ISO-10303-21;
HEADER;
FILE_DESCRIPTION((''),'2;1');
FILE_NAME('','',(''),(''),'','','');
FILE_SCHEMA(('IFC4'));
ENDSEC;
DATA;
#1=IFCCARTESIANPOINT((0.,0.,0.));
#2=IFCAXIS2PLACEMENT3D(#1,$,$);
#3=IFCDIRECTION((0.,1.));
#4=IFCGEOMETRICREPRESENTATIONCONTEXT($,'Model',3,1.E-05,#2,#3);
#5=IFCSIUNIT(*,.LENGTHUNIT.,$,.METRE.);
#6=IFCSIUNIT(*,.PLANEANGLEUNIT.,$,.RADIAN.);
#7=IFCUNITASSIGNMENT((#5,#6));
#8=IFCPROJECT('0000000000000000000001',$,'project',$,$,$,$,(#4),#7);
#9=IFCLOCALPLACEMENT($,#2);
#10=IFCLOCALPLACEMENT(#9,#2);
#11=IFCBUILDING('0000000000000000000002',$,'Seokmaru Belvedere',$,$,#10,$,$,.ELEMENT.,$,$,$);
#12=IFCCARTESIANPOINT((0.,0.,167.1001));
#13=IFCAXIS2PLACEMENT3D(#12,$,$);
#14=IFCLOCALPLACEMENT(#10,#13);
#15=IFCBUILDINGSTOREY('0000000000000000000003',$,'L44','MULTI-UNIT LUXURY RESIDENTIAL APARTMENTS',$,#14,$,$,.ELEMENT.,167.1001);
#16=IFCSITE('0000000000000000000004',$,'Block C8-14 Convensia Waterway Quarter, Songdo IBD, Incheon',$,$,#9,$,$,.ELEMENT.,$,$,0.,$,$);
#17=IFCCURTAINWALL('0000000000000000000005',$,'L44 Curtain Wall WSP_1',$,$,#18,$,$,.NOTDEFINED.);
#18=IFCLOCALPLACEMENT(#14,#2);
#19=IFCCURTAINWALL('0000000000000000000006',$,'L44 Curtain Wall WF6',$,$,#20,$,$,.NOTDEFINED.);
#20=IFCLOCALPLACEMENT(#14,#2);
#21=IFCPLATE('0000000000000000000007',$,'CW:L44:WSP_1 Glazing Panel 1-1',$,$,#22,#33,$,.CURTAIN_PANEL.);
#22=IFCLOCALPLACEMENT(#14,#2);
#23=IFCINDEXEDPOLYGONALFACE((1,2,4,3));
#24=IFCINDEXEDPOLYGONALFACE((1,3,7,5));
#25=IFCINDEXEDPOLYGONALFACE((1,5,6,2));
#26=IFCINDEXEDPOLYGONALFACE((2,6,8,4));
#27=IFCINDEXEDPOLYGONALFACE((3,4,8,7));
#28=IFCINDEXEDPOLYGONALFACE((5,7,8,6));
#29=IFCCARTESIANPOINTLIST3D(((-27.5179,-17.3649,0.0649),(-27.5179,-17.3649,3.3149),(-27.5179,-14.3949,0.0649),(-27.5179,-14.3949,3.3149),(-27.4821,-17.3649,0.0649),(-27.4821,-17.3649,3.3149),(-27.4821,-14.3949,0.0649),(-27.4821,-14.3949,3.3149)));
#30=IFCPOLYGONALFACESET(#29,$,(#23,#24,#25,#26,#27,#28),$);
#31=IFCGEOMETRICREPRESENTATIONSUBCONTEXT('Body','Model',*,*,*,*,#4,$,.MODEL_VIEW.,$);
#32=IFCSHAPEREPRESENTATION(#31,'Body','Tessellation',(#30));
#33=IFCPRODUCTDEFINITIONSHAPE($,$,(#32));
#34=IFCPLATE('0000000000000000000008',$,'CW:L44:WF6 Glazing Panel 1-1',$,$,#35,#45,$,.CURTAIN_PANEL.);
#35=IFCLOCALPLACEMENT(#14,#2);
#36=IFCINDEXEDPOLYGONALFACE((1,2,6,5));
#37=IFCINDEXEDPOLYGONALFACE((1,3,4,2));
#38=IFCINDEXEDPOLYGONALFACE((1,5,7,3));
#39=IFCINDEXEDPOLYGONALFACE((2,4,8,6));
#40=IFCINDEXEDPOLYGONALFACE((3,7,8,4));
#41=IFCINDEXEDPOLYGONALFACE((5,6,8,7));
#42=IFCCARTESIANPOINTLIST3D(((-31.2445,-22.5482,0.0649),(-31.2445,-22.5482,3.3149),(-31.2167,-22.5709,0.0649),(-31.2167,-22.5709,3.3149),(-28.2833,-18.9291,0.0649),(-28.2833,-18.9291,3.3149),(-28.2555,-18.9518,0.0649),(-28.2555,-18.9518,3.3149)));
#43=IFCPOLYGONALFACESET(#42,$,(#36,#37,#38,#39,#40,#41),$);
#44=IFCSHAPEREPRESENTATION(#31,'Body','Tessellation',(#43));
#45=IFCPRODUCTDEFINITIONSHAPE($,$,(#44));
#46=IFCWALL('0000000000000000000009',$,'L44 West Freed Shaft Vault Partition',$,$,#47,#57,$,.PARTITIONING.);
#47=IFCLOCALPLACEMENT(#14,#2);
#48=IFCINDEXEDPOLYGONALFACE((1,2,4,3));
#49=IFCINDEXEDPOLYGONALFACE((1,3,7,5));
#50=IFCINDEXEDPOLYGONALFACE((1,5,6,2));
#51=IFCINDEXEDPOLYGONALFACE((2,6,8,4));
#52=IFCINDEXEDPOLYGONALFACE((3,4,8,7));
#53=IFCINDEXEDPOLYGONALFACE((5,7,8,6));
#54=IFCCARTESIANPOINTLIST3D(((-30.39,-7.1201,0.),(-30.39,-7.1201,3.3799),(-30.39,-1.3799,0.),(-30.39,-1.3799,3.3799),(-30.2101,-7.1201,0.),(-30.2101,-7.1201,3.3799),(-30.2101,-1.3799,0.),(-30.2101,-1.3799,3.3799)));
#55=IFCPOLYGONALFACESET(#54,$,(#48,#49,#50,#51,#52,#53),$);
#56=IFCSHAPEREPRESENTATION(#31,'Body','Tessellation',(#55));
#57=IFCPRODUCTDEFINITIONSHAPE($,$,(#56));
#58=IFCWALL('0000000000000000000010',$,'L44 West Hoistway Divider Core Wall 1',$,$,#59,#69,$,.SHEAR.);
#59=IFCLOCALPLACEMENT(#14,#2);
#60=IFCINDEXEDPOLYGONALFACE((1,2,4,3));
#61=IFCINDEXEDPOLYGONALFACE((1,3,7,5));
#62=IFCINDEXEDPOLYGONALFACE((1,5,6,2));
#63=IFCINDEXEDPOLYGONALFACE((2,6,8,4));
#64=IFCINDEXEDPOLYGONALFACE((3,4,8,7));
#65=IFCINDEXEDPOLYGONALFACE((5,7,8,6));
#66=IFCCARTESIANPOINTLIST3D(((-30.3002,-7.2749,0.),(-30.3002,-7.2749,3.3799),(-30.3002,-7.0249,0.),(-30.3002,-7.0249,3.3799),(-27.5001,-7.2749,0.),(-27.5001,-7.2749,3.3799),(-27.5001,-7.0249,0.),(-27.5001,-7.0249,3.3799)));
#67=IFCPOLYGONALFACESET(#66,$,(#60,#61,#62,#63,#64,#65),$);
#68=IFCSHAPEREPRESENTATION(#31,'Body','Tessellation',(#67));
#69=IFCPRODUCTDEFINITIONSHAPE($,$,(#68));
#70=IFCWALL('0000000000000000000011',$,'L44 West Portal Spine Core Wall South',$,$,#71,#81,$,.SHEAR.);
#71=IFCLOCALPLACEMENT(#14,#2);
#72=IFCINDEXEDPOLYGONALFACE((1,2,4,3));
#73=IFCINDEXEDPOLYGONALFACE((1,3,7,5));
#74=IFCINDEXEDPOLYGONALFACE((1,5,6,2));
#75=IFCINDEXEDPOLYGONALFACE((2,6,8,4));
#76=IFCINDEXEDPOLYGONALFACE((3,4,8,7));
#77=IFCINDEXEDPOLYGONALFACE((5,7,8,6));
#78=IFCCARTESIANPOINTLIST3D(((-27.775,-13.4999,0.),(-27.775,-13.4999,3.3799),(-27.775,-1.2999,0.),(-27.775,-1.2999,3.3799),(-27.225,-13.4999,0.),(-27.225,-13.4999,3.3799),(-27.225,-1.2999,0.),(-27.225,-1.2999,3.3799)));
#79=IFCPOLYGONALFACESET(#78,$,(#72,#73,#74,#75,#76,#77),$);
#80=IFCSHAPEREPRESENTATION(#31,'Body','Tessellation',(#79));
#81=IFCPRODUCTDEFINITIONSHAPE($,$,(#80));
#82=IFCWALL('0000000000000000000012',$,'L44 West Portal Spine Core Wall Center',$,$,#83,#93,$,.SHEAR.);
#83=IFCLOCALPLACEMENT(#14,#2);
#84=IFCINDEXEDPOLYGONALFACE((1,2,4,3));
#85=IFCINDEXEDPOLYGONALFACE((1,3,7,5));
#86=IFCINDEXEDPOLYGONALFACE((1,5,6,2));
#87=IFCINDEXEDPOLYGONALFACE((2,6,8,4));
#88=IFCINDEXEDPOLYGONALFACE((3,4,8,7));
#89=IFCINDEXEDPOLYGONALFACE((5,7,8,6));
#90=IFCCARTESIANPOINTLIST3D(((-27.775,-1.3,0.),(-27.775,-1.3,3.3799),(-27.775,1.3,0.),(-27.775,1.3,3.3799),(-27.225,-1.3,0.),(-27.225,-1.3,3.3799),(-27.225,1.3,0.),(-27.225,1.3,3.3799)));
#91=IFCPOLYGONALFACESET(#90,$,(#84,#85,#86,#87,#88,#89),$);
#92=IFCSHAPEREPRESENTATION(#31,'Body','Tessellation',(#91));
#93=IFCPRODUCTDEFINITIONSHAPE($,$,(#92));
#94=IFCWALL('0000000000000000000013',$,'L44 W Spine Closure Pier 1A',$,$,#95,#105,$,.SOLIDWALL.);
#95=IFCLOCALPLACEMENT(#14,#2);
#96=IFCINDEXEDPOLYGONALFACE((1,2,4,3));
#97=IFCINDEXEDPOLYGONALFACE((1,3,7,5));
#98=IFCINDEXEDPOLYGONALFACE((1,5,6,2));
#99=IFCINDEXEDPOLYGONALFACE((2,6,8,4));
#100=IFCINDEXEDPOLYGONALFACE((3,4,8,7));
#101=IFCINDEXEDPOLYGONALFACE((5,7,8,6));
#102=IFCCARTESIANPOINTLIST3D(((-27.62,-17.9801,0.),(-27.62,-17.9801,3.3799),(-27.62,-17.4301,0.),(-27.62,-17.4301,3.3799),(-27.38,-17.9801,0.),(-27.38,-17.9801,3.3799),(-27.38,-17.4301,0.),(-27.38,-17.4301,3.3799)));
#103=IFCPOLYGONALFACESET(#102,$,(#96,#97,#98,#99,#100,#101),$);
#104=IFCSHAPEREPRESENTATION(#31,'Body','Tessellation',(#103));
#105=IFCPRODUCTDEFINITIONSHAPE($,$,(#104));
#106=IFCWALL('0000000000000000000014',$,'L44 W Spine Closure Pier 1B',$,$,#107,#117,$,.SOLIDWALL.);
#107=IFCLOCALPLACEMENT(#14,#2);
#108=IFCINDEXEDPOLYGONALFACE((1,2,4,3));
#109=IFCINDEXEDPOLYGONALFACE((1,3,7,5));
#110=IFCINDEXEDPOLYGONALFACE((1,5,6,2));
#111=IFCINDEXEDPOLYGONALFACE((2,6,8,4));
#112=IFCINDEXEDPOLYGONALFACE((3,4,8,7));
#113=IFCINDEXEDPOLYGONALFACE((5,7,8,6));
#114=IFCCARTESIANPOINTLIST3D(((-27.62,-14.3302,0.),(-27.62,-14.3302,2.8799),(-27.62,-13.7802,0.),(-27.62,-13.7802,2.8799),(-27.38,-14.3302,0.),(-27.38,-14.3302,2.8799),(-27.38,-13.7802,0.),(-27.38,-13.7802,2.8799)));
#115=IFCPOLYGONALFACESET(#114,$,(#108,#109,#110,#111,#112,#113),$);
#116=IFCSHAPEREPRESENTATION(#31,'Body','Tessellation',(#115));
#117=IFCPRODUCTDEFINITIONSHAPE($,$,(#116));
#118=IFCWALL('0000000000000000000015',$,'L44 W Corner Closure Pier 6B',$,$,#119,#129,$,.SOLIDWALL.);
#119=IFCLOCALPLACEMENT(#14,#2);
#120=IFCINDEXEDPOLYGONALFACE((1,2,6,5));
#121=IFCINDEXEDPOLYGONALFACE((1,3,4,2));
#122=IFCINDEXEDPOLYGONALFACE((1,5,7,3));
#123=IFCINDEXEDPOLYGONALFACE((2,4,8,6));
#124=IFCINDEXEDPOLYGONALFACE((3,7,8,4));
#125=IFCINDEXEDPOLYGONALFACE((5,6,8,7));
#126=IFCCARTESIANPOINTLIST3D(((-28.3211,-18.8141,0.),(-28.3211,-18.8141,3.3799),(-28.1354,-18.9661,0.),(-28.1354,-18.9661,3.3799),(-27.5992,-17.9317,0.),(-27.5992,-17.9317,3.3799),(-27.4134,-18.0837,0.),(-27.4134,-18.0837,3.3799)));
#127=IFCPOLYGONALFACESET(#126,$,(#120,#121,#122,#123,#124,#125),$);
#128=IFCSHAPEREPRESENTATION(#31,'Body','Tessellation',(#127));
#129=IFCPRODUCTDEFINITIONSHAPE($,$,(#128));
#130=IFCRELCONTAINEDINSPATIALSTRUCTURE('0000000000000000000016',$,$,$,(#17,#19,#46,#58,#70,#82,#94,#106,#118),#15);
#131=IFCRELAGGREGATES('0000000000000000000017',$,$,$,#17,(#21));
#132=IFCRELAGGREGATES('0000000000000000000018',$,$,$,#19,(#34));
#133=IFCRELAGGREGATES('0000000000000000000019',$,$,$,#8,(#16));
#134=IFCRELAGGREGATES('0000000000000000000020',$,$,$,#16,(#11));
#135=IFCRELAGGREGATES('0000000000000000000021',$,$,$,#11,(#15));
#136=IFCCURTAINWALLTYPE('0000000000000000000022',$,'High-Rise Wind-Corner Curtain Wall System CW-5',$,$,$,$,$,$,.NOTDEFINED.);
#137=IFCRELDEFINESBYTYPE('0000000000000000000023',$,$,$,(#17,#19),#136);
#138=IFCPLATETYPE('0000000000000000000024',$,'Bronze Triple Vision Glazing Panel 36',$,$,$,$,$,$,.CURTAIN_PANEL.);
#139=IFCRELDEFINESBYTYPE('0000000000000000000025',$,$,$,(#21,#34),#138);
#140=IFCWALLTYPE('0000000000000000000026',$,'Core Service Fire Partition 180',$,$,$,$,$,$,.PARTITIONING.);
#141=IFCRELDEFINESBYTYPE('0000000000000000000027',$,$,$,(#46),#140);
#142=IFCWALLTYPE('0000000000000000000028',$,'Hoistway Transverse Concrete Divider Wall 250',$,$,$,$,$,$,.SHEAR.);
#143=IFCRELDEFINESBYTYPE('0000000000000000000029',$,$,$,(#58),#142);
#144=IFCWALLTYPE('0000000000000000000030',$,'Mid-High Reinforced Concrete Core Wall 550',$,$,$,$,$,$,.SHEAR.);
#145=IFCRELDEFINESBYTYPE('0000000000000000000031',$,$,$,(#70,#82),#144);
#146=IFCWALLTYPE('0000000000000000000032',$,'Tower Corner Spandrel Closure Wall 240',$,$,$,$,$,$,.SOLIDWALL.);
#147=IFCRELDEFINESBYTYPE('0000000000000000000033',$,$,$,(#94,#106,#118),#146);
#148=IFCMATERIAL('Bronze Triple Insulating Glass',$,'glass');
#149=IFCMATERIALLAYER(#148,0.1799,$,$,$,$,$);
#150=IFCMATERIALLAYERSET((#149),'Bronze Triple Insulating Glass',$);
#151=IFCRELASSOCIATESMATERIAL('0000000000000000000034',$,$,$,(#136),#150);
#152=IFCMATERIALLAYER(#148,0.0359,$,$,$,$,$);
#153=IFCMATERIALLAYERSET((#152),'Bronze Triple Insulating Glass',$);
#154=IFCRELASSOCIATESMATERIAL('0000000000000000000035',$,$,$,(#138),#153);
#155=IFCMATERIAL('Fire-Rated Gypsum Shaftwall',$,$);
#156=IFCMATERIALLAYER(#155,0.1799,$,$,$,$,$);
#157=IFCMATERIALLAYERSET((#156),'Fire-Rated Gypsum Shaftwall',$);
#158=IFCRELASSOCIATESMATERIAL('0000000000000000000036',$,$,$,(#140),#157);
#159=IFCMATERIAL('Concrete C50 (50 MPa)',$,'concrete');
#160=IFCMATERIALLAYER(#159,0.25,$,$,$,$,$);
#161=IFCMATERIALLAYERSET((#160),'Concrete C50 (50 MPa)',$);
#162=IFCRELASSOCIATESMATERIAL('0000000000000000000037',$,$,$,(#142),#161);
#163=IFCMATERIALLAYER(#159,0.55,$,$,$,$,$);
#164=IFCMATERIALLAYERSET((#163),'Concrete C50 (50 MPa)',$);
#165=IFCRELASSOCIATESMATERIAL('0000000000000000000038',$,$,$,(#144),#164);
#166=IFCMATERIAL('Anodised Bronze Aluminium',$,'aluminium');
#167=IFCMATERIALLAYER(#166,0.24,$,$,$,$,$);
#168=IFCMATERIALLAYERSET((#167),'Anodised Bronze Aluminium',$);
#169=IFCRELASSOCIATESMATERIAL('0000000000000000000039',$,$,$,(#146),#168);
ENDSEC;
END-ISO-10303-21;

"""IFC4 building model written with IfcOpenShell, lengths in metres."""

from ifc_helpers import new_model, si_unit, direction, frame, frame_2d, origin, origin_2d, place, context, subcontext, project, spatial, rectangle, extrude, source, transform, mapped, material, layer, layer_set, type_object, type_shapes, element, aggregate, save


model = new_model("IFC4")

# Units and contexts
model_context = context("Model", 3, precision=1e-05, world=origin(), true_north=direction((0.0, 1.0)))
body_context = subcontext(model_context, "Body", "Model", "MODEL_VIEW")
ifc_project = project(units=[si_unit("LENGTHUNIT", "METRE"), si_unit("PLANEANGLEUNIT", "RADIAN")], contexts=[model_context])

# Site, building, storey
site_placement = place(None, origin())
site = spatial("IfcSite", under=ifc_project, at=site_placement, Name="Block C8-14 Convensia Waterway Quarter, Songdo IBD, Incheon", CompositionType="ELEMENT", RefElevation=0.0)
building_placement = place(site_placement, origin())
building = spatial("IfcBuilding", under=site, at=building_placement, Name="Seokmaru Belvedere", CompositionType="ELEMENT")
storey_placement = place(building_placement, frame((0.0, 0.0, 167.1001)))
storey = spatial("IfcBuildingStorey", under=building, at=storey_placement, Name="L44", Description="MULTI-UNIT LUXURY RESIDENTIAL APARTMENTS", CompositionType="ELEMENT", Elevation=167.1001)

# Curtain wall
ifc_material_1 = material(Name="Bronze Triple Insulating Glass", Category="glass")
ifc_layer_1 = layer(ifc_material_1, 0.1799)
ifc_layer_set_1 = layer_set([ifc_layer_1], Name="Bronze Triple Insulating Glass")
curtain_wall_type = type_object("IfcCurtainWallType", Name="High-Rise Wind-Corner Curtain Wall System CW-5", PredefinedType="NOTDEFINED", material=ifc_layer_set_1)
curtain_wall_1_placement = place(storey_placement, origin())
curtain_wall_1 = element("IfcCurtainWall", 1, at=curtain_wall_1_placement, inside=storey, type_object=curtain_wall_type, Name="L44 Curtain Wall WSP_1", PredefinedType="NOTDEFINED")
ifc_material_2 = material(Name="Anodised Bronze Aluminium", Category="aluminium")

# Curtain wall
curtain_wall_2_placement = place(storey_placement, origin())
curtain_wall_2 = element("IfcCurtainWall", 2, at=curtain_wall_2_placement, inside=storey, type_object=curtain_wall_type, Name="L44 Curtain Wall WF6", PredefinedType="NOTDEFINED")

# Plates
ifc_layer_2 = layer(ifc_material_1, 0.0359)
ifc_layer_set_2 = layer_set([ifc_layer_2], Name="Bronze Triple Insulating Glass")
plate_type = type_object("IfcPlateType", Name="Bronze Triple Vision Glazing Panel 36", PredefinedType="CURTAIN_PANEL", material=ifc_layer_set_2)
shared_shape_1 = source(origin(), body_context, "Body", "SweptSolid", [
    extrude(rectangle(XDim=2.97, YDim=0.0359, at=origin_2d()), origin(), (0.0, 0.0, 1.0), 3.25),
])
plate_1_placement = place(storey_placement, frame((-27.5, -15.8799, 0.0649), z_axis=(0.0, 0.0, 1.0), x_axis=(0.0, 1.0, 0.0)))
plate_1 = element("IfcPlate", 3, at=plate_1_placement, type_object=plate_type, Name="CW:L44:WSP_1 Glazing Panel 1-1", PredefinedType="CURTAIN_PANEL", context=body_context, shape_type="MappedRepresentation", body=[
    mapped(shared_shape_1, transform((0.0, 0.0, 0.0), scale=1.0)),
])
aggregate(curtain_wall_1, [plate_1])
shared_shape_2 = source(origin(), body_context, "Body", "SweptSolid", [
    extrude(rectangle(XDim=4.6763, YDim=0.0359, at=origin_2d()), origin(), (0.0, 0.0, 1.0), 3.25),
])
type_shapes(plate_type, [shared_shape_1, shared_shape_2])
plate_2_placement = place(storey_placement, frame((-29.75, -20.75, 0.0649), z_axis=(0.0, 0.0, 1.0), x_axis=(0.633254, 0.773944, 0.0)))
plate_2 = element("IfcPlate", 4, at=plate_2_placement, type_object=plate_type, Name="CW:L44:WF6 Glazing Panel 1-1", PredefinedType="CURTAIN_PANEL", context=body_context, shape_type="MappedRepresentation", body=[
    mapped(shared_shape_2, transform((0.0, 0.0, 0.0), scale=1.0)),
])
aggregate(curtain_wall_2, [plate_2])

# Shared definitions
ifc_material_3 = material(Name="Fire-Rated Gypsum Shaftwall")
ifc_layer_3 = layer(ifc_material_3, 0.1799)
ifc_layer_set_3 = layer_set([ifc_layer_3], Name="Fire-Rated Gypsum Shaftwall")
wall_type_1 = type_object("IfcWallType", Name="Core Service Fire Partition 180", PredefinedType="PARTITIONING", material=ifc_layer_set_3)

# Walls
wall_1_placement = place(storey_placement, frame((-30.3, -7.1201, 0.0), z_axis=(0.0, 0.0, 1.0), x_axis=(0.0, 1.0, 0.0)))
element("IfcWall", 5, at=wall_1_placement, inside=storey, type_object=wall_type_1, Name="L44 West Freed Shaft Vault Partition", PredefinedType="PARTITIONING", context=body_context, shape_type="SweptSolid", body=[
    extrude(rectangle(XDim=5.7402, YDim=0.1799, at=frame_2d((2.8701, 0.0))), origin(), (0.0, 0.0, 1.0), 3.3799),
])
ifc_material_4 = material(Name="Concrete C50 (50 MPa)", Category="concrete")
ifc_layer_4 = layer(ifc_material_4, 0.25)
ifc_layer_set_4 = layer_set([ifc_layer_4], Name="Concrete C50 (50 MPa)")
wall_type_2 = type_object("IfcWallType", Name="Hoistway Transverse Concrete Divider Wall 250", PredefinedType="SHEAR", material=ifc_layer_set_4)
wall_2_placement = place(storey_placement, frame((-30.3, -7.1499, 0.0), z_axis=(0.0, 0.0, 1.0), x_axis=(1.0, 0.0, 0.0)))
element("IfcWall", 6, at=wall_2_placement, inside=storey, type_object=wall_type_2, Name="L44 West Hoistway Divider Core Wall 1", PredefinedType="SHEAR", context=body_context, shape_type="SweptSolid", body=[
    extrude(rectangle(XDim=2.8, YDim=0.25, at=frame_2d((1.3999, 0.0))), origin(), (0.0, 0.0, 1.0), 3.3799),
])
ifc_layer_5 = layer(ifc_material_4, 0.55)
ifc_layer_set_5 = layer_set([ifc_layer_5], Name="Concrete C50 (50 MPa)")
wall_type_3 = type_object("IfcWallType", Name="Mid-High Reinforced Concrete Core Wall 550", PredefinedType="SHEAR", material=ifc_layer_set_5)
wall_3_placement = place(storey_placement, frame((-27.5, -13.5, 0.0), z_axis=(0.0, 0.0, 1.0), x_axis=(0.0, 1.0, 0.0)))
element("IfcWall", 7, at=wall_3_placement, inside=storey, type_object=wall_type_3, Name="L44 West Portal Spine Core Wall South", PredefinedType="SHEAR", context=body_context, shape_type="SweptSolid", body=[
    extrude(rectangle(XDim=12.2, YDim=0.55, at=frame_2d((6.1001, 0.0))), origin(), (0.0, 0.0, 1.0), 3.3799),
])
wall_4_placement = place(storey_placement, frame((-27.5, -1.3, 0.0), z_axis=(0.0, 0.0, 1.0), x_axis=(0.0, 1.0, 0.0)))
element("IfcWall", 8, at=wall_4_placement, inside=storey, type_object=wall_type_3, Name="L44 West Portal Spine Core Wall Center", PredefinedType="SHEAR", context=body_context, shape_type="SweptSolid", body=[
    extrude(rectangle(XDim=2.6001, YDim=0.55, at=frame_2d((1.3, 0.0))), origin(), (0.0, 0.0, 1.0), 3.3799),
])
ifc_layer_6 = layer(ifc_material_2, 0.24)
ifc_layer_set_6 = layer_set([ifc_layer_6], Name="Anodised Bronze Aluminium")
wall_type_4 = type_object("IfcWallType", Name="Tower Corner Spandrel Closure Wall 240", PredefinedType="SOLIDWALL", material=ifc_layer_set_6)
wall_5_placement = place(storey_placement, frame((-27.5, -17.98, 0.0), z_axis=(0.0, 0.0, 1.0), x_axis=(0.0, 1.0, 0.0)))
element("IfcWall", 9, at=wall_5_placement, inside=storey, type_object=wall_type_4, Name="L44 W Spine Closure Pier 1A", PredefinedType="SOLIDWALL", context=body_context, shape_type="SweptSolid", body=[
    extrude(rectangle(XDim=0.55, YDim=0.24, at=frame_2d((0.2749, 0.0))), origin(), (0.0, 0.0, 1.0), 3.3799),
])
wall_6_placement = place(storey_placement, frame((-27.5, -14.3301, 0.0), z_axis=(0.0, 0.0, 1.0), x_axis=(0.0, 1.0, 0.0)))
element("IfcWall", 10, at=wall_6_placement, inside=storey, type_object=wall_type_4, Name="L44 W Spine Closure Pier 1B", PredefinedType="SOLIDWALL", context=body_context, shape_type="SweptSolid", body=[
    extrude(rectangle(XDim=0.55, YDim=0.24, at=frame_2d((0.2749, 0.0))), origin(), (0.0, 0.0, 1.0), 2.8799),
])
wall_7_placement = place(storey_placement, frame((-28.2283, -18.8901, 0.0), z_axis=(0.0, 0.0, 1.0), x_axis=(0.633249, 0.773948, 0.0)))
element("IfcWall", 11, at=wall_7_placement, inside=storey, type_object=wall_type_4, Name="L44 W Corner Closure Pier 6B", PredefinedType="SOLIDWALL", context=body_context, shape_type="SweptSolid", body=[
    extrude(rectangle(XDim=1.1401, YDim=0.24, at=frame_2d((0.5701, 0.0))), origin(), (0.0, 0.0, 1.0), 3.3799),
])

save(model, "model.ifc")
